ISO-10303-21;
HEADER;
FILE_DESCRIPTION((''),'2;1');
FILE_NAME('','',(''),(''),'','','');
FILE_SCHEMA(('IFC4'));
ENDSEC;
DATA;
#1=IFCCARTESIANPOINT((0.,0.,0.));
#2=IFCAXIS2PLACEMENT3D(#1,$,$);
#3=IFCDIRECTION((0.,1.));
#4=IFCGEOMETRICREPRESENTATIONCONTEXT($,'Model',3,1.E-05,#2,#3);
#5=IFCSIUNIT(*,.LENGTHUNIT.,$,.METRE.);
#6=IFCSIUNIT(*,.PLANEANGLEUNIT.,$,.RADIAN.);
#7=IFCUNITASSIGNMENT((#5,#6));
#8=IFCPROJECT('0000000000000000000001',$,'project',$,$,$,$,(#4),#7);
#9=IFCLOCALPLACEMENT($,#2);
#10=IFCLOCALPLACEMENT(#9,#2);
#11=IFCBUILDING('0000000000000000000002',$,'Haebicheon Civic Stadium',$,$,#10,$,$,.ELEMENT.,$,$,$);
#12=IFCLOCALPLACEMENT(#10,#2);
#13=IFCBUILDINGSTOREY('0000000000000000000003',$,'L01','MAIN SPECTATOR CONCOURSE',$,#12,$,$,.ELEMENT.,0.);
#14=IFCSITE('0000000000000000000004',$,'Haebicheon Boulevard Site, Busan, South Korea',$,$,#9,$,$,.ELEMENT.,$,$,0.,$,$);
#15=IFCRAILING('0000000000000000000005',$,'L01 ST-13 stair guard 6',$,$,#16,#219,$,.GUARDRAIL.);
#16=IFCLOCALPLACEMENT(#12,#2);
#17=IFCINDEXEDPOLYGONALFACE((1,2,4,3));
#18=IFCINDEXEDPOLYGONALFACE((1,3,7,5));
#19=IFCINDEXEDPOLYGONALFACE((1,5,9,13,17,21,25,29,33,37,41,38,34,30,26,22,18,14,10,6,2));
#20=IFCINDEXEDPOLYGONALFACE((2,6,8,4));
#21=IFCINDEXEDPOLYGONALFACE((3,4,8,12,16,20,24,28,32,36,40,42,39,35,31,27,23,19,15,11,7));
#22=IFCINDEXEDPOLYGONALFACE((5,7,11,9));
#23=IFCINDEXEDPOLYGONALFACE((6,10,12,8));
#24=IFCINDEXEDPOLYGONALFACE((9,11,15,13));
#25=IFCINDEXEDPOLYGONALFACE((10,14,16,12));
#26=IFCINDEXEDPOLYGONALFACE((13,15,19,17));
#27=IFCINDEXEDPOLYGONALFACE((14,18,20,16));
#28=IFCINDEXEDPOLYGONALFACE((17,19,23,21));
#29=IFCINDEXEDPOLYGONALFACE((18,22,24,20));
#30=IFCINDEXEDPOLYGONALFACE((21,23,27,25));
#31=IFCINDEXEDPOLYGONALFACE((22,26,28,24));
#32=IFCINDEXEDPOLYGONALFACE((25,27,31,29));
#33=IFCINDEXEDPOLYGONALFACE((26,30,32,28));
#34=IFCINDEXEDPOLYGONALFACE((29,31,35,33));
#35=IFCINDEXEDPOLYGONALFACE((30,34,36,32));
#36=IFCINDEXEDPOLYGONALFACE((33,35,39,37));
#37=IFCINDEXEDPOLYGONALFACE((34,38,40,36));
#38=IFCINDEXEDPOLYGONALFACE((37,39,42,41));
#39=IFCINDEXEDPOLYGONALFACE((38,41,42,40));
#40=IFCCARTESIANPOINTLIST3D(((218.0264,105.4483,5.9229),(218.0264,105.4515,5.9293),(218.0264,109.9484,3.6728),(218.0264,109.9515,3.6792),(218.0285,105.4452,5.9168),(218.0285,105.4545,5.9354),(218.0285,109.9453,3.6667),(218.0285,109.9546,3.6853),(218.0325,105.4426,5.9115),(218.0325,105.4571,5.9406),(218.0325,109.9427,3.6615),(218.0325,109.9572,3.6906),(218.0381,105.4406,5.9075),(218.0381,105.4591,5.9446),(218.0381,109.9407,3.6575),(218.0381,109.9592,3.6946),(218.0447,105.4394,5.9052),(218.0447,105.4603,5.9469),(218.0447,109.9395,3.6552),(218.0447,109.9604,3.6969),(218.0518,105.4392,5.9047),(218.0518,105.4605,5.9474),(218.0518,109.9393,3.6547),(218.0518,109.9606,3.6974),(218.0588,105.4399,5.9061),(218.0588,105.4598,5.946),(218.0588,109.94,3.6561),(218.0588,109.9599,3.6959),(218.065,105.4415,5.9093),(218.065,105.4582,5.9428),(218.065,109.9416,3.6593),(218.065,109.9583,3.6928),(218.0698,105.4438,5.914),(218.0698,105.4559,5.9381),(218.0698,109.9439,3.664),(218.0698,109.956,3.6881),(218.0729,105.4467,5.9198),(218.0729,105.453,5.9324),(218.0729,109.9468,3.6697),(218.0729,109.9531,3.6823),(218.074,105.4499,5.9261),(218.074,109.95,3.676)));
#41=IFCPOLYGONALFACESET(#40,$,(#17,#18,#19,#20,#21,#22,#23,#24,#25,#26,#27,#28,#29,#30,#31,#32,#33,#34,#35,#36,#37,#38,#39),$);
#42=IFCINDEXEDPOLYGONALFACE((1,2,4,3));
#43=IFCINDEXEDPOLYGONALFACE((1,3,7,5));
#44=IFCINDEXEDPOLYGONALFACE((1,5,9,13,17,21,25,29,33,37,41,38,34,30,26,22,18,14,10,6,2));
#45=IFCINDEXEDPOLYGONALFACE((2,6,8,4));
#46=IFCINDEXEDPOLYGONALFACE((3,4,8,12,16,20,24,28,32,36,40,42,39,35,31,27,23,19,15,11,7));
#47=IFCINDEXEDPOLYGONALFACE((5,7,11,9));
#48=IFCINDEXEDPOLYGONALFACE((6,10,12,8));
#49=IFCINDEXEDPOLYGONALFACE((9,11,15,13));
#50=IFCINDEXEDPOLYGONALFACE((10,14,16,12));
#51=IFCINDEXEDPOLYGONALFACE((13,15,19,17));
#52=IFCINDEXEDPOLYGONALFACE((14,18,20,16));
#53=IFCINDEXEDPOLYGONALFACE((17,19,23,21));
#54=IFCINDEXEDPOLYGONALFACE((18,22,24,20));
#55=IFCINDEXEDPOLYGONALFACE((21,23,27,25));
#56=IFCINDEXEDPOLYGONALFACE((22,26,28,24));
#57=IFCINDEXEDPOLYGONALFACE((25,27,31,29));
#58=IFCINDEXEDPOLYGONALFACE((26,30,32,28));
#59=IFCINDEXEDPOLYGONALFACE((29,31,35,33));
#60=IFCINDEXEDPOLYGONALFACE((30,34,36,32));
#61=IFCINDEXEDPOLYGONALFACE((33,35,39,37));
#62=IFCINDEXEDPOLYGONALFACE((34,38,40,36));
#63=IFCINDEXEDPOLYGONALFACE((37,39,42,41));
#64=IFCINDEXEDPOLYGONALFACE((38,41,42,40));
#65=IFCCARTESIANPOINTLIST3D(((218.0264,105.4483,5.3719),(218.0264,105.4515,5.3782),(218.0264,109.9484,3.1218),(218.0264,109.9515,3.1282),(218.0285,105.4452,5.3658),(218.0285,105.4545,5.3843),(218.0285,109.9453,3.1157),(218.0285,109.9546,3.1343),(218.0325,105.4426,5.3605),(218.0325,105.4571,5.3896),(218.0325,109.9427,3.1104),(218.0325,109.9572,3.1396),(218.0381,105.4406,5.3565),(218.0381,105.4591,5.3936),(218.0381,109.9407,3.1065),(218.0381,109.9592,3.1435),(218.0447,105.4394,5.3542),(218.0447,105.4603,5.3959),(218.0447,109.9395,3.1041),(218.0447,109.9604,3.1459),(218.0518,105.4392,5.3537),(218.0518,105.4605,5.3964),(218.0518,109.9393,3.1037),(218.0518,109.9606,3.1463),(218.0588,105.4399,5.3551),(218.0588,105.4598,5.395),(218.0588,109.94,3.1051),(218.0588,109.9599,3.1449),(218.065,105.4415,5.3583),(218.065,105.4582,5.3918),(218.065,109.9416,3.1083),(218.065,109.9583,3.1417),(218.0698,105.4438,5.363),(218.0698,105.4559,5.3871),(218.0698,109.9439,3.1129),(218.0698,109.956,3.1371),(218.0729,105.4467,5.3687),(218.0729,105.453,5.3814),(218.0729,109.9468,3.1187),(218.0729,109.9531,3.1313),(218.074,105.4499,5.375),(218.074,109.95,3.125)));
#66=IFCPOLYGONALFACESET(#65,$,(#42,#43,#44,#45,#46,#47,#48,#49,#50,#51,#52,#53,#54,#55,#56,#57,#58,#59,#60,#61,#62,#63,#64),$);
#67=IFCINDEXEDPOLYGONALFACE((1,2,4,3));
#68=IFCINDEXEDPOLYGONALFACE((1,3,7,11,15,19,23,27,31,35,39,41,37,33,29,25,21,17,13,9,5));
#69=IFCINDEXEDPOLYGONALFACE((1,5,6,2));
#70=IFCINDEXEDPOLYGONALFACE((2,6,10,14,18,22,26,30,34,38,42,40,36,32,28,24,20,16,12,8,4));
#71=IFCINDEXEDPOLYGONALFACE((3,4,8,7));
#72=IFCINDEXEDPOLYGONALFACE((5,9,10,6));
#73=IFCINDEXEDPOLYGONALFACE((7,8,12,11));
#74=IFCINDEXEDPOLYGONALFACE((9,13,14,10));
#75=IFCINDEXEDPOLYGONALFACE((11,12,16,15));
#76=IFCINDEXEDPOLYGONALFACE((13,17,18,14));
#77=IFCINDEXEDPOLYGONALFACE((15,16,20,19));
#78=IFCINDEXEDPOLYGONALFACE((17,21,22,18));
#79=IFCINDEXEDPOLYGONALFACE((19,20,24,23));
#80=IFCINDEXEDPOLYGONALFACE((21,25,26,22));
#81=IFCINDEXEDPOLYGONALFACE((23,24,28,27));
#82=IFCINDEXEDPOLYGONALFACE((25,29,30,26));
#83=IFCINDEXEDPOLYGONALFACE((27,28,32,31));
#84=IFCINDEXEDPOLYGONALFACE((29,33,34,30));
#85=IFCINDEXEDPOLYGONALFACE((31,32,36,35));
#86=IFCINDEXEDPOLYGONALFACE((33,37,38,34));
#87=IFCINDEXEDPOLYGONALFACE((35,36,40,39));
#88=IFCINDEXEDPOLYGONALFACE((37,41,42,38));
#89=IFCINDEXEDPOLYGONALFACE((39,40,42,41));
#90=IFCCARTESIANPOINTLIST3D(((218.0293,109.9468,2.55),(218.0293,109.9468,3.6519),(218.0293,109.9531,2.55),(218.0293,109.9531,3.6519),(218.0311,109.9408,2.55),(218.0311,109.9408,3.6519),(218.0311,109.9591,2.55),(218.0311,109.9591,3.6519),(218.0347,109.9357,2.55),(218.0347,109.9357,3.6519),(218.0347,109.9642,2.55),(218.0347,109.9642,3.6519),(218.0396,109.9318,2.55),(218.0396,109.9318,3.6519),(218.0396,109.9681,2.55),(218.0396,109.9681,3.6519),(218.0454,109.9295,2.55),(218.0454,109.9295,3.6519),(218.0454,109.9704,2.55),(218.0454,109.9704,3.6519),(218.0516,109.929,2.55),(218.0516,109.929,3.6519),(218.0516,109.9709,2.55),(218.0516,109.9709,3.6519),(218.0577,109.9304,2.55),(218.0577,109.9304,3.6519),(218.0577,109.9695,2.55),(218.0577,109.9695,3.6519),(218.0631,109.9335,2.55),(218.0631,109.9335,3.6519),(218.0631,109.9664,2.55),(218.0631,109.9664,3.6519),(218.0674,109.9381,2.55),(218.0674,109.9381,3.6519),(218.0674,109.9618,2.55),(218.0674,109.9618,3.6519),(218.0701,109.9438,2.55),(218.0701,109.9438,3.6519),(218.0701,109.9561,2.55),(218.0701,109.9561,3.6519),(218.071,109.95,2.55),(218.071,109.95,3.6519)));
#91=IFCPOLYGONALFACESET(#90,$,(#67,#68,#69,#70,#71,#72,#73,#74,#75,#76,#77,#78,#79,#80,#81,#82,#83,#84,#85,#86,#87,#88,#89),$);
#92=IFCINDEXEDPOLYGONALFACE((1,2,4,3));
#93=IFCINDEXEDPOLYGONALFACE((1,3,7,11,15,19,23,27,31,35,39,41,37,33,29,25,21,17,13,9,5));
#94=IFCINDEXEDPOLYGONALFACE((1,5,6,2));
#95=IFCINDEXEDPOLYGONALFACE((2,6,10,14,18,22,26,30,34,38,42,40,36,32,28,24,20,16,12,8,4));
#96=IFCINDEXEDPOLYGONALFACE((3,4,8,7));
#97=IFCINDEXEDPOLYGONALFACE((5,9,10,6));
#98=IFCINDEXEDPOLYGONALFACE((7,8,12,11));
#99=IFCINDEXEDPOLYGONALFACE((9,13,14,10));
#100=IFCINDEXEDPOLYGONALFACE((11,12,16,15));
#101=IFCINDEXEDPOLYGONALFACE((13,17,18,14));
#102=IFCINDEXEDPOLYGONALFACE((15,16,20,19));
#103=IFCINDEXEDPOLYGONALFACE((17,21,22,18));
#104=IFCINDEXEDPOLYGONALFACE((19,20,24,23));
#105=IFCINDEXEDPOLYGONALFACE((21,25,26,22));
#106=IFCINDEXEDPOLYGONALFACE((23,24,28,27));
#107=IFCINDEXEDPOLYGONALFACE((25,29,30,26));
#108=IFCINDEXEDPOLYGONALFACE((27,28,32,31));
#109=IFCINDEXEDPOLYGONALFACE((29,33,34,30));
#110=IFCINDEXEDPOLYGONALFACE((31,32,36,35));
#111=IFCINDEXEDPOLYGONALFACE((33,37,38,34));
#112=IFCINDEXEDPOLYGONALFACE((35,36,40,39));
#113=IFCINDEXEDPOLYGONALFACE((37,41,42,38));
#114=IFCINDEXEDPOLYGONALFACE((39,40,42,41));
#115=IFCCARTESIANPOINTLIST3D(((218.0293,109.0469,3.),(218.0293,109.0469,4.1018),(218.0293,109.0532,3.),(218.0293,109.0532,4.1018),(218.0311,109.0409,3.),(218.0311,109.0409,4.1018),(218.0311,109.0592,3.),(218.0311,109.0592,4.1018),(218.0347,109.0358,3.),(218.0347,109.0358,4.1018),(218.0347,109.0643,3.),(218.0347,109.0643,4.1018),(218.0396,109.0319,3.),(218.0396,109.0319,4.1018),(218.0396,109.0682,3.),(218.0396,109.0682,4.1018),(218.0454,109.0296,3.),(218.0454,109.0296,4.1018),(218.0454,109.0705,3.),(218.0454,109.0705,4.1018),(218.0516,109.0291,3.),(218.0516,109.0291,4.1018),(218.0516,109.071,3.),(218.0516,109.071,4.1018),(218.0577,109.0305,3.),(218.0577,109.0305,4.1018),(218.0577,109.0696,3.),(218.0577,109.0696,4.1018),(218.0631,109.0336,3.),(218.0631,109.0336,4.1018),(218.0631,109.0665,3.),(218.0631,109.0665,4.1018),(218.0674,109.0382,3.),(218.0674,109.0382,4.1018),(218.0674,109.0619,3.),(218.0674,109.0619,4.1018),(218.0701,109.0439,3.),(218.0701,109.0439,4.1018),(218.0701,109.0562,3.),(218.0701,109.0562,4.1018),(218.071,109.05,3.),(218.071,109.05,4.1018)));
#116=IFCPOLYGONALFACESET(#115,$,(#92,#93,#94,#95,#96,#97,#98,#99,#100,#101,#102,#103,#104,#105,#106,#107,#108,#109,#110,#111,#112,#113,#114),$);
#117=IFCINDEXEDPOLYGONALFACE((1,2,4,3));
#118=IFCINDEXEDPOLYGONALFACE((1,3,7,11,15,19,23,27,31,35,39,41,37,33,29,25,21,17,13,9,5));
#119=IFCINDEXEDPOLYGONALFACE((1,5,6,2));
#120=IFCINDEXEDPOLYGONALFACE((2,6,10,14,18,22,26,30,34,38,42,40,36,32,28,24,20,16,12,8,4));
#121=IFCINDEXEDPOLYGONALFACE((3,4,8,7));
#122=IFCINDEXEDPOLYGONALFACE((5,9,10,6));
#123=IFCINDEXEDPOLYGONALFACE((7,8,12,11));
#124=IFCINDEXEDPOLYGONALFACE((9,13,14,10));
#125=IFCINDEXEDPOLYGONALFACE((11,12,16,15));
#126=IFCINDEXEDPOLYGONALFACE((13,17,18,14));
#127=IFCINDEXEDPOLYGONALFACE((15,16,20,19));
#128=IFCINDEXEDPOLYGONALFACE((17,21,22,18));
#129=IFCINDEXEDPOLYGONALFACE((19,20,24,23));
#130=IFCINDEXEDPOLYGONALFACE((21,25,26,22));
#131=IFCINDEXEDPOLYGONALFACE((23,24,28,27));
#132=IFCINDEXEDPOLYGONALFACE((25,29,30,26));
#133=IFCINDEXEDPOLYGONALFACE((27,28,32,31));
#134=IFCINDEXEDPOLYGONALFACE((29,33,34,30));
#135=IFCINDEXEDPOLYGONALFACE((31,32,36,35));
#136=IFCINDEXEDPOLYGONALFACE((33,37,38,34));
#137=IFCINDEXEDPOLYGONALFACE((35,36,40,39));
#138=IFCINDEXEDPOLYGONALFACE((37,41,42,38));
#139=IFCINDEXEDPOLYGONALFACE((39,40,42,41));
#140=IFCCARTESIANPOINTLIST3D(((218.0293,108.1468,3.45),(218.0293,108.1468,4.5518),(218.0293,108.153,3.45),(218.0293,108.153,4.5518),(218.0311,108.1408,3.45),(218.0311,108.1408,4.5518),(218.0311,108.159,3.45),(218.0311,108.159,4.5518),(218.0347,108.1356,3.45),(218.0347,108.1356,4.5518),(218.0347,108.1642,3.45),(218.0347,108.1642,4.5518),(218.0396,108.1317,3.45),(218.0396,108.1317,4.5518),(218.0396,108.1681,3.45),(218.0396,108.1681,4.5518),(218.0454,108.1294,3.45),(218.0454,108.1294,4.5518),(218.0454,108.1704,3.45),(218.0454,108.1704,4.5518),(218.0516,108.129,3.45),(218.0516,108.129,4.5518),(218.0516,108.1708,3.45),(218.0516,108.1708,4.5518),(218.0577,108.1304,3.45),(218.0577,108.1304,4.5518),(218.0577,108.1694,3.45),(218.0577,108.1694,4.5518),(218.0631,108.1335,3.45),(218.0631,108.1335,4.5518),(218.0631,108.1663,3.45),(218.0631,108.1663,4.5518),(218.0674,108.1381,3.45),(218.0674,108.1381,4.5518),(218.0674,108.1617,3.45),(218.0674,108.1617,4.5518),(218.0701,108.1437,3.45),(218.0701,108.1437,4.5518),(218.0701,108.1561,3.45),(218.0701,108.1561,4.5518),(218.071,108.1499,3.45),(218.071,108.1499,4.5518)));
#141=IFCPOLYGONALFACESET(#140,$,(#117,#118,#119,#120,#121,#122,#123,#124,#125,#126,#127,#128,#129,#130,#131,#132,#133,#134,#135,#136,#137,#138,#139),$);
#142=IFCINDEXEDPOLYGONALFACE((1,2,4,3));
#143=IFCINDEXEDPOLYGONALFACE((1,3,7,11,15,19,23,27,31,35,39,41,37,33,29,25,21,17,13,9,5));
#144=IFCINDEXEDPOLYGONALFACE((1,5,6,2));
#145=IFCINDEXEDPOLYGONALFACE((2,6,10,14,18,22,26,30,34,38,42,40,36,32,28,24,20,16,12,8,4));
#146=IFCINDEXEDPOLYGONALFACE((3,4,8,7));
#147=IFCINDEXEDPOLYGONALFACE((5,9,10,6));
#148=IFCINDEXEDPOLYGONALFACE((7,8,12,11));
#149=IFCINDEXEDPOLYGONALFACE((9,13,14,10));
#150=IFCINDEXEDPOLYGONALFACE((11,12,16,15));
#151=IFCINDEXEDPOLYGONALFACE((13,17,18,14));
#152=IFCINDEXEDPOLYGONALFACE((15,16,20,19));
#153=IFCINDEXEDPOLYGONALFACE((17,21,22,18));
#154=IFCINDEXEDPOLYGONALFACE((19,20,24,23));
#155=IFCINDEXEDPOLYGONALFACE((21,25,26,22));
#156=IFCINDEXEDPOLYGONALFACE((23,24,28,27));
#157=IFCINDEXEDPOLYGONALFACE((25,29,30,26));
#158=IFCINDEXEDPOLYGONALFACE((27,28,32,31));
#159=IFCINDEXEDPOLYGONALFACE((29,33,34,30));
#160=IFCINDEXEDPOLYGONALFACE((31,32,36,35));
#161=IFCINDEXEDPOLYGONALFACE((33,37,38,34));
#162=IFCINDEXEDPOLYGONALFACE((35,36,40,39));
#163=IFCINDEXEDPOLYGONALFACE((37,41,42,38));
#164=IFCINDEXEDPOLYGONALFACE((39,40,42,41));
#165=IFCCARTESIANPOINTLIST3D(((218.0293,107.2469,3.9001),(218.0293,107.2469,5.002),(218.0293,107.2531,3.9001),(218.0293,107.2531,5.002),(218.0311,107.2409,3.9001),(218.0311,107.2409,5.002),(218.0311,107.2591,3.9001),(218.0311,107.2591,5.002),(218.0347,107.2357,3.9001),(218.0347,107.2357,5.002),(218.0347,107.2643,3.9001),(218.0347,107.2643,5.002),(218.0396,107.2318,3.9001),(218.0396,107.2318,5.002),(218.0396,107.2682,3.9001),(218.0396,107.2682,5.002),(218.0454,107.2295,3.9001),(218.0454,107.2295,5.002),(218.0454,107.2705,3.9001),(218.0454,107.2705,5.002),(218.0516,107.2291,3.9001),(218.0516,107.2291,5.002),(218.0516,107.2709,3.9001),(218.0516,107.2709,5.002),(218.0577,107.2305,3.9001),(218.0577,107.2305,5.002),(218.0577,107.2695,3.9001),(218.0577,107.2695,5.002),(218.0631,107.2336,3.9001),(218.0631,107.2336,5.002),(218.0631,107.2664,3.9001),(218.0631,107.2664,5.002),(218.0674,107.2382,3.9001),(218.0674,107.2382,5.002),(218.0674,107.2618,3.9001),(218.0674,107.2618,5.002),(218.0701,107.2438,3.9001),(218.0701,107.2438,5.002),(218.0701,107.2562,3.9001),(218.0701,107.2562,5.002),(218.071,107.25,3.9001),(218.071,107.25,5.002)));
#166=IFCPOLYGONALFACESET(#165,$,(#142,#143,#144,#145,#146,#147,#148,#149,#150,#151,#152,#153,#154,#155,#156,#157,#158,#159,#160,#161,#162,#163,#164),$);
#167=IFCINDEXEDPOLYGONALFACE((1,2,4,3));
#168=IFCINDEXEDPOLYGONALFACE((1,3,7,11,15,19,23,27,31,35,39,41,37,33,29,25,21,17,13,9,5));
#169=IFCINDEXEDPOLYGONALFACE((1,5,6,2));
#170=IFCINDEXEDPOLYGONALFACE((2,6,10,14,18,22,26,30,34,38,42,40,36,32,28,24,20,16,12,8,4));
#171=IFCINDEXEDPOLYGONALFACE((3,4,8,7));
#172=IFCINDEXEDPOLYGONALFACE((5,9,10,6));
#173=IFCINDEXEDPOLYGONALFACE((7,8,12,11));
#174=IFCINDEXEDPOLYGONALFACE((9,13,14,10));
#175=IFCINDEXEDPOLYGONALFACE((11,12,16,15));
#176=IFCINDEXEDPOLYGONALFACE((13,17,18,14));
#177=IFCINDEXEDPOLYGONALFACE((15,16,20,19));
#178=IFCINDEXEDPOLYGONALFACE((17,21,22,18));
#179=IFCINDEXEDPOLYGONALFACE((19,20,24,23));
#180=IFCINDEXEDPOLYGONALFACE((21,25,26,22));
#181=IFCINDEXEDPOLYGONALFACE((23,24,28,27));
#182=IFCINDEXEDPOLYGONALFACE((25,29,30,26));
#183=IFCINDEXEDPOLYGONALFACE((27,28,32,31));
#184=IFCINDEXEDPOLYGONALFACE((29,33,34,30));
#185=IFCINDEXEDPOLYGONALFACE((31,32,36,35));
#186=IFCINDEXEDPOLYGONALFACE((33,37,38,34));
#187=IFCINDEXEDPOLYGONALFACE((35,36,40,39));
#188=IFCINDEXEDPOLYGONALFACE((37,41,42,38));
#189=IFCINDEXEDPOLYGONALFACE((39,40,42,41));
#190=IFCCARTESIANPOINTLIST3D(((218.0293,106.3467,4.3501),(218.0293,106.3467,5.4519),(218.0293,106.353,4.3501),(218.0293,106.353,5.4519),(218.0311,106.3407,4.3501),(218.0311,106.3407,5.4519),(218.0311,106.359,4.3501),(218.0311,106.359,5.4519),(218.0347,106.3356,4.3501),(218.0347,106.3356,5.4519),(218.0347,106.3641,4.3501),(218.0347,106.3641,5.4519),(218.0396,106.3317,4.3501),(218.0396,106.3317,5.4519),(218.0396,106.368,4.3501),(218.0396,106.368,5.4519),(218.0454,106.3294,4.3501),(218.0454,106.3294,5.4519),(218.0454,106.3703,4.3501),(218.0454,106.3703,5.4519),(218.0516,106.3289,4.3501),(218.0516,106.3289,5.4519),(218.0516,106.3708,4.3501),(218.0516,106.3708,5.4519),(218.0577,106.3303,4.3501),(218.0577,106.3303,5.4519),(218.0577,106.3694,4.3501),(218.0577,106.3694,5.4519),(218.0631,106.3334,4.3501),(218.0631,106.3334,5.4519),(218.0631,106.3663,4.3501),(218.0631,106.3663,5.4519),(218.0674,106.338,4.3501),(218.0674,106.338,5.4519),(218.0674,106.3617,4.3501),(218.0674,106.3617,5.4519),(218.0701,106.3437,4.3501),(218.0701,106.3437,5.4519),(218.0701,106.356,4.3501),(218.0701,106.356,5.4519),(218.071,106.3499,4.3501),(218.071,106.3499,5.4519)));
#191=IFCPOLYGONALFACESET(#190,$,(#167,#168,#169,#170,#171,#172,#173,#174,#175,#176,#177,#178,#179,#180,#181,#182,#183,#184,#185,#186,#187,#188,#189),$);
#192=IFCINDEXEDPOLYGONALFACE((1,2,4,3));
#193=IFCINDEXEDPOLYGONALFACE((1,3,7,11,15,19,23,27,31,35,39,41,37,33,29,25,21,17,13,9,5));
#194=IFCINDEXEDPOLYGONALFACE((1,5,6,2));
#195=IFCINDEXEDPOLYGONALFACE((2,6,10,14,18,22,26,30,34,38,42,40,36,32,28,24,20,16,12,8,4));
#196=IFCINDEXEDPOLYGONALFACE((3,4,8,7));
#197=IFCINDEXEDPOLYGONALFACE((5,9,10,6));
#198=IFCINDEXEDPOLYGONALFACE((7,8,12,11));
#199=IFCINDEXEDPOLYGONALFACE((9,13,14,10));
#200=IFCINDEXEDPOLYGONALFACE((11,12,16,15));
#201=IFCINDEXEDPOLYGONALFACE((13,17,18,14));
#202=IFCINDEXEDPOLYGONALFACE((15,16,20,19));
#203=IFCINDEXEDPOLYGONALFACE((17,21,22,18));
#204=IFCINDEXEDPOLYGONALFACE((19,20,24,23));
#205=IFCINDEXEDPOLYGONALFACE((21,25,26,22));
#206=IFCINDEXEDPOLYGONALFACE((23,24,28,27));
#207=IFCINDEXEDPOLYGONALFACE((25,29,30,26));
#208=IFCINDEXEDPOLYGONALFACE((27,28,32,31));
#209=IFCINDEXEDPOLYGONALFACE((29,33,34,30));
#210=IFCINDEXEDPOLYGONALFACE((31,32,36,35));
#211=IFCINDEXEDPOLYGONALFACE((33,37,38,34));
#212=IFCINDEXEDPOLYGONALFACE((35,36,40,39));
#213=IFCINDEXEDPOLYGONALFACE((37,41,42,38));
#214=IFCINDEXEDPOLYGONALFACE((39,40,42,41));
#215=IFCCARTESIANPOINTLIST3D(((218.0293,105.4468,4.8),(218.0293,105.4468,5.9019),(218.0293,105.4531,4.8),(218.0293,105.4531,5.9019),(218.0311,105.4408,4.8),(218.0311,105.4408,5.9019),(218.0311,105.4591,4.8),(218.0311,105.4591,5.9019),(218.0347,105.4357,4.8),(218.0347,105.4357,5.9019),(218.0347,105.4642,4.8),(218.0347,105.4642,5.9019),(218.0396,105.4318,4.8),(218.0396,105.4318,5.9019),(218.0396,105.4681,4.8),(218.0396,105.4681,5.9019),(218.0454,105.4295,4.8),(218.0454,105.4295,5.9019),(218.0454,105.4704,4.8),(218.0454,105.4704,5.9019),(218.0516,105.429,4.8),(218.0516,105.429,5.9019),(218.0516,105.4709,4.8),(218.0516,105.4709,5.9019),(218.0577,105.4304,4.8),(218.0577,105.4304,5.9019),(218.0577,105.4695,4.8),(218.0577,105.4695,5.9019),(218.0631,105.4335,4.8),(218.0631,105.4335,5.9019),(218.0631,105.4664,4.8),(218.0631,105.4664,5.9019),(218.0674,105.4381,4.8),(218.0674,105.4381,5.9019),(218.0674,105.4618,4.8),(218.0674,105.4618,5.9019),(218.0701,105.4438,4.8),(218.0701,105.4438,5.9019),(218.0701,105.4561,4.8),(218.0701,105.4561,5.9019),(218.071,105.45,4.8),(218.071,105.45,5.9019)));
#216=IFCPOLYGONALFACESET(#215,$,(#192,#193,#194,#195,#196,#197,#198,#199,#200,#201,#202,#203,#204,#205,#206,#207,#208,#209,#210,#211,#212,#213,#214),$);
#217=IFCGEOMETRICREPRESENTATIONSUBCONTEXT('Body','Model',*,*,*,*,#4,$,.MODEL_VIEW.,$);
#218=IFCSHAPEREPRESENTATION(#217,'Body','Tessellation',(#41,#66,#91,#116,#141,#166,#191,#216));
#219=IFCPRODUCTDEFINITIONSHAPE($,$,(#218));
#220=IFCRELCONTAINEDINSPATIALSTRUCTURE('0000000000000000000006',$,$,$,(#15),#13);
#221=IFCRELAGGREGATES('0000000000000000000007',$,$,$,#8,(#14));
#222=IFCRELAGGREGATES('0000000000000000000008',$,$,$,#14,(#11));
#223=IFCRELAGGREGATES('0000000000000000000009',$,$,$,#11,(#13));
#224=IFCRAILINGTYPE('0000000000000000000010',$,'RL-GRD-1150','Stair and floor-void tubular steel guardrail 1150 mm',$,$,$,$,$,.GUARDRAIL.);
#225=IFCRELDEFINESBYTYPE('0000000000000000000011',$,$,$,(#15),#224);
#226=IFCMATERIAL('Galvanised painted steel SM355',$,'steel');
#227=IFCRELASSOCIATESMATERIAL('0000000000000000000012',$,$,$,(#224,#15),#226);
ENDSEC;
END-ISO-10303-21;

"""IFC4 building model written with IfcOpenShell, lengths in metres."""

from ifc_helpers import new_model, si_unit, direction, frame, origin, origin_2d, place, context, subcontext, project, spatial, circle, extrude, material, type_object, element, save


model = new_model("IFC4")

# Units and contexts
model_context = context("Model", 3, precision=1e-05, world=origin(), true_north=direction((0.0, 1.0)))
body_context = subcontext(model_context, "Body", "Model", "MODEL_VIEW")
ifc_project = project(units=[si_unit("LENGTHUNIT", "METRE"), si_unit("PLANEANGLEUNIT", "RADIAN")], contexts=[model_context])

# Site, building, storey
site_placement = place(None, origin())
site = spatial("IfcSite", under=ifc_project, at=site_placement, Name="Haebicheon Boulevard Site, Busan, South Korea", CompositionType="ELEMENT", RefElevation=0.0)
building_placement = place(site_placement, origin())
building = spatial("IfcBuilding", under=site, at=building_placement, Name="Haebicheon Civic Stadium", CompositionType="ELEMENT")
storey_placement = place(building_placement, origin())
storey = spatial("IfcBuildingStorey", under=building, at=storey_placement, Name="L01", Description="MAIN SPECTATOR CONCOURSE", CompositionType="ELEMENT", Elevation=0.0)

# Railing
ifc_material_1 = material(Name="Galvanised painted steel SM355", Category="steel")
railing_type_1 = type_object("IfcRailingType", Name="RL-GRD-1150", Description="Stair and floor-void tubular steel guardrail 1150 mm", PredefinedType="GUARDRAIL", material=ifc_material_1)
railing_1_placement = place(storey_placement, frame((218.05, 109.95, 2.55)))
element("IfcRailing", 1, at=railing_1_placement, inside=storey, type_object=railing_type_1, material=ifc_material_1, Name="L01 ST-13 stair guard 6", PredefinedType="GUARDRAIL", context=body_context, shape_type="SweptSolid", body=[
    extrude(circle(Radius=0.0239, at=origin_2d()), frame((0.0, 0.0, 1.126), z_axis=(0.0, -0.894427, 0.447214), x_axis=(1.0, 0.0, 0.0)), (0.0, 0.0, 1.0), 5.0312),
    extrude(circle(Radius=0.0239, at=origin_2d()), frame((0.0, 0.0, 0.575), z_axis=(0.0, -0.894427, 0.447214), x_axis=(1.0, 0.0, 0.0)), (0.0, 0.0, 1.0), 5.0312),
    extrude(circle(Radius=0.021, at=origin_2d()), origin(), (0.0, 0.0, 1.0), 1.1018),
    extrude(circle(Radius=0.021, at=origin_2d()), frame((0.0, -0.8999, 0.45)), (0.0, 0.0, 1.0), 1.1018),
    extrude(circle(Radius=0.021, at=origin_2d()), frame((0.0, -1.8, 0.8999)), (0.0, 0.0, 1.0), 1.1018),
    extrude(circle(Radius=0.021, at=origin_2d()), frame((0.0, -2.7, 1.3501)), (0.0, 0.0, 1.0), 1.1018),
    extrude(circle(Radius=0.021, at=origin_2d()), frame((0.0, -3.6001, 1.8)), (0.0, 0.0, 1.0), 1.1018),
    extrude(circle(Radius=0.021, at=origin_2d()), frame((0.0, -4.5, 2.25)), (0.0, 0.0, 1.0), 1.1018),
])

save(model, "model.ifc")
